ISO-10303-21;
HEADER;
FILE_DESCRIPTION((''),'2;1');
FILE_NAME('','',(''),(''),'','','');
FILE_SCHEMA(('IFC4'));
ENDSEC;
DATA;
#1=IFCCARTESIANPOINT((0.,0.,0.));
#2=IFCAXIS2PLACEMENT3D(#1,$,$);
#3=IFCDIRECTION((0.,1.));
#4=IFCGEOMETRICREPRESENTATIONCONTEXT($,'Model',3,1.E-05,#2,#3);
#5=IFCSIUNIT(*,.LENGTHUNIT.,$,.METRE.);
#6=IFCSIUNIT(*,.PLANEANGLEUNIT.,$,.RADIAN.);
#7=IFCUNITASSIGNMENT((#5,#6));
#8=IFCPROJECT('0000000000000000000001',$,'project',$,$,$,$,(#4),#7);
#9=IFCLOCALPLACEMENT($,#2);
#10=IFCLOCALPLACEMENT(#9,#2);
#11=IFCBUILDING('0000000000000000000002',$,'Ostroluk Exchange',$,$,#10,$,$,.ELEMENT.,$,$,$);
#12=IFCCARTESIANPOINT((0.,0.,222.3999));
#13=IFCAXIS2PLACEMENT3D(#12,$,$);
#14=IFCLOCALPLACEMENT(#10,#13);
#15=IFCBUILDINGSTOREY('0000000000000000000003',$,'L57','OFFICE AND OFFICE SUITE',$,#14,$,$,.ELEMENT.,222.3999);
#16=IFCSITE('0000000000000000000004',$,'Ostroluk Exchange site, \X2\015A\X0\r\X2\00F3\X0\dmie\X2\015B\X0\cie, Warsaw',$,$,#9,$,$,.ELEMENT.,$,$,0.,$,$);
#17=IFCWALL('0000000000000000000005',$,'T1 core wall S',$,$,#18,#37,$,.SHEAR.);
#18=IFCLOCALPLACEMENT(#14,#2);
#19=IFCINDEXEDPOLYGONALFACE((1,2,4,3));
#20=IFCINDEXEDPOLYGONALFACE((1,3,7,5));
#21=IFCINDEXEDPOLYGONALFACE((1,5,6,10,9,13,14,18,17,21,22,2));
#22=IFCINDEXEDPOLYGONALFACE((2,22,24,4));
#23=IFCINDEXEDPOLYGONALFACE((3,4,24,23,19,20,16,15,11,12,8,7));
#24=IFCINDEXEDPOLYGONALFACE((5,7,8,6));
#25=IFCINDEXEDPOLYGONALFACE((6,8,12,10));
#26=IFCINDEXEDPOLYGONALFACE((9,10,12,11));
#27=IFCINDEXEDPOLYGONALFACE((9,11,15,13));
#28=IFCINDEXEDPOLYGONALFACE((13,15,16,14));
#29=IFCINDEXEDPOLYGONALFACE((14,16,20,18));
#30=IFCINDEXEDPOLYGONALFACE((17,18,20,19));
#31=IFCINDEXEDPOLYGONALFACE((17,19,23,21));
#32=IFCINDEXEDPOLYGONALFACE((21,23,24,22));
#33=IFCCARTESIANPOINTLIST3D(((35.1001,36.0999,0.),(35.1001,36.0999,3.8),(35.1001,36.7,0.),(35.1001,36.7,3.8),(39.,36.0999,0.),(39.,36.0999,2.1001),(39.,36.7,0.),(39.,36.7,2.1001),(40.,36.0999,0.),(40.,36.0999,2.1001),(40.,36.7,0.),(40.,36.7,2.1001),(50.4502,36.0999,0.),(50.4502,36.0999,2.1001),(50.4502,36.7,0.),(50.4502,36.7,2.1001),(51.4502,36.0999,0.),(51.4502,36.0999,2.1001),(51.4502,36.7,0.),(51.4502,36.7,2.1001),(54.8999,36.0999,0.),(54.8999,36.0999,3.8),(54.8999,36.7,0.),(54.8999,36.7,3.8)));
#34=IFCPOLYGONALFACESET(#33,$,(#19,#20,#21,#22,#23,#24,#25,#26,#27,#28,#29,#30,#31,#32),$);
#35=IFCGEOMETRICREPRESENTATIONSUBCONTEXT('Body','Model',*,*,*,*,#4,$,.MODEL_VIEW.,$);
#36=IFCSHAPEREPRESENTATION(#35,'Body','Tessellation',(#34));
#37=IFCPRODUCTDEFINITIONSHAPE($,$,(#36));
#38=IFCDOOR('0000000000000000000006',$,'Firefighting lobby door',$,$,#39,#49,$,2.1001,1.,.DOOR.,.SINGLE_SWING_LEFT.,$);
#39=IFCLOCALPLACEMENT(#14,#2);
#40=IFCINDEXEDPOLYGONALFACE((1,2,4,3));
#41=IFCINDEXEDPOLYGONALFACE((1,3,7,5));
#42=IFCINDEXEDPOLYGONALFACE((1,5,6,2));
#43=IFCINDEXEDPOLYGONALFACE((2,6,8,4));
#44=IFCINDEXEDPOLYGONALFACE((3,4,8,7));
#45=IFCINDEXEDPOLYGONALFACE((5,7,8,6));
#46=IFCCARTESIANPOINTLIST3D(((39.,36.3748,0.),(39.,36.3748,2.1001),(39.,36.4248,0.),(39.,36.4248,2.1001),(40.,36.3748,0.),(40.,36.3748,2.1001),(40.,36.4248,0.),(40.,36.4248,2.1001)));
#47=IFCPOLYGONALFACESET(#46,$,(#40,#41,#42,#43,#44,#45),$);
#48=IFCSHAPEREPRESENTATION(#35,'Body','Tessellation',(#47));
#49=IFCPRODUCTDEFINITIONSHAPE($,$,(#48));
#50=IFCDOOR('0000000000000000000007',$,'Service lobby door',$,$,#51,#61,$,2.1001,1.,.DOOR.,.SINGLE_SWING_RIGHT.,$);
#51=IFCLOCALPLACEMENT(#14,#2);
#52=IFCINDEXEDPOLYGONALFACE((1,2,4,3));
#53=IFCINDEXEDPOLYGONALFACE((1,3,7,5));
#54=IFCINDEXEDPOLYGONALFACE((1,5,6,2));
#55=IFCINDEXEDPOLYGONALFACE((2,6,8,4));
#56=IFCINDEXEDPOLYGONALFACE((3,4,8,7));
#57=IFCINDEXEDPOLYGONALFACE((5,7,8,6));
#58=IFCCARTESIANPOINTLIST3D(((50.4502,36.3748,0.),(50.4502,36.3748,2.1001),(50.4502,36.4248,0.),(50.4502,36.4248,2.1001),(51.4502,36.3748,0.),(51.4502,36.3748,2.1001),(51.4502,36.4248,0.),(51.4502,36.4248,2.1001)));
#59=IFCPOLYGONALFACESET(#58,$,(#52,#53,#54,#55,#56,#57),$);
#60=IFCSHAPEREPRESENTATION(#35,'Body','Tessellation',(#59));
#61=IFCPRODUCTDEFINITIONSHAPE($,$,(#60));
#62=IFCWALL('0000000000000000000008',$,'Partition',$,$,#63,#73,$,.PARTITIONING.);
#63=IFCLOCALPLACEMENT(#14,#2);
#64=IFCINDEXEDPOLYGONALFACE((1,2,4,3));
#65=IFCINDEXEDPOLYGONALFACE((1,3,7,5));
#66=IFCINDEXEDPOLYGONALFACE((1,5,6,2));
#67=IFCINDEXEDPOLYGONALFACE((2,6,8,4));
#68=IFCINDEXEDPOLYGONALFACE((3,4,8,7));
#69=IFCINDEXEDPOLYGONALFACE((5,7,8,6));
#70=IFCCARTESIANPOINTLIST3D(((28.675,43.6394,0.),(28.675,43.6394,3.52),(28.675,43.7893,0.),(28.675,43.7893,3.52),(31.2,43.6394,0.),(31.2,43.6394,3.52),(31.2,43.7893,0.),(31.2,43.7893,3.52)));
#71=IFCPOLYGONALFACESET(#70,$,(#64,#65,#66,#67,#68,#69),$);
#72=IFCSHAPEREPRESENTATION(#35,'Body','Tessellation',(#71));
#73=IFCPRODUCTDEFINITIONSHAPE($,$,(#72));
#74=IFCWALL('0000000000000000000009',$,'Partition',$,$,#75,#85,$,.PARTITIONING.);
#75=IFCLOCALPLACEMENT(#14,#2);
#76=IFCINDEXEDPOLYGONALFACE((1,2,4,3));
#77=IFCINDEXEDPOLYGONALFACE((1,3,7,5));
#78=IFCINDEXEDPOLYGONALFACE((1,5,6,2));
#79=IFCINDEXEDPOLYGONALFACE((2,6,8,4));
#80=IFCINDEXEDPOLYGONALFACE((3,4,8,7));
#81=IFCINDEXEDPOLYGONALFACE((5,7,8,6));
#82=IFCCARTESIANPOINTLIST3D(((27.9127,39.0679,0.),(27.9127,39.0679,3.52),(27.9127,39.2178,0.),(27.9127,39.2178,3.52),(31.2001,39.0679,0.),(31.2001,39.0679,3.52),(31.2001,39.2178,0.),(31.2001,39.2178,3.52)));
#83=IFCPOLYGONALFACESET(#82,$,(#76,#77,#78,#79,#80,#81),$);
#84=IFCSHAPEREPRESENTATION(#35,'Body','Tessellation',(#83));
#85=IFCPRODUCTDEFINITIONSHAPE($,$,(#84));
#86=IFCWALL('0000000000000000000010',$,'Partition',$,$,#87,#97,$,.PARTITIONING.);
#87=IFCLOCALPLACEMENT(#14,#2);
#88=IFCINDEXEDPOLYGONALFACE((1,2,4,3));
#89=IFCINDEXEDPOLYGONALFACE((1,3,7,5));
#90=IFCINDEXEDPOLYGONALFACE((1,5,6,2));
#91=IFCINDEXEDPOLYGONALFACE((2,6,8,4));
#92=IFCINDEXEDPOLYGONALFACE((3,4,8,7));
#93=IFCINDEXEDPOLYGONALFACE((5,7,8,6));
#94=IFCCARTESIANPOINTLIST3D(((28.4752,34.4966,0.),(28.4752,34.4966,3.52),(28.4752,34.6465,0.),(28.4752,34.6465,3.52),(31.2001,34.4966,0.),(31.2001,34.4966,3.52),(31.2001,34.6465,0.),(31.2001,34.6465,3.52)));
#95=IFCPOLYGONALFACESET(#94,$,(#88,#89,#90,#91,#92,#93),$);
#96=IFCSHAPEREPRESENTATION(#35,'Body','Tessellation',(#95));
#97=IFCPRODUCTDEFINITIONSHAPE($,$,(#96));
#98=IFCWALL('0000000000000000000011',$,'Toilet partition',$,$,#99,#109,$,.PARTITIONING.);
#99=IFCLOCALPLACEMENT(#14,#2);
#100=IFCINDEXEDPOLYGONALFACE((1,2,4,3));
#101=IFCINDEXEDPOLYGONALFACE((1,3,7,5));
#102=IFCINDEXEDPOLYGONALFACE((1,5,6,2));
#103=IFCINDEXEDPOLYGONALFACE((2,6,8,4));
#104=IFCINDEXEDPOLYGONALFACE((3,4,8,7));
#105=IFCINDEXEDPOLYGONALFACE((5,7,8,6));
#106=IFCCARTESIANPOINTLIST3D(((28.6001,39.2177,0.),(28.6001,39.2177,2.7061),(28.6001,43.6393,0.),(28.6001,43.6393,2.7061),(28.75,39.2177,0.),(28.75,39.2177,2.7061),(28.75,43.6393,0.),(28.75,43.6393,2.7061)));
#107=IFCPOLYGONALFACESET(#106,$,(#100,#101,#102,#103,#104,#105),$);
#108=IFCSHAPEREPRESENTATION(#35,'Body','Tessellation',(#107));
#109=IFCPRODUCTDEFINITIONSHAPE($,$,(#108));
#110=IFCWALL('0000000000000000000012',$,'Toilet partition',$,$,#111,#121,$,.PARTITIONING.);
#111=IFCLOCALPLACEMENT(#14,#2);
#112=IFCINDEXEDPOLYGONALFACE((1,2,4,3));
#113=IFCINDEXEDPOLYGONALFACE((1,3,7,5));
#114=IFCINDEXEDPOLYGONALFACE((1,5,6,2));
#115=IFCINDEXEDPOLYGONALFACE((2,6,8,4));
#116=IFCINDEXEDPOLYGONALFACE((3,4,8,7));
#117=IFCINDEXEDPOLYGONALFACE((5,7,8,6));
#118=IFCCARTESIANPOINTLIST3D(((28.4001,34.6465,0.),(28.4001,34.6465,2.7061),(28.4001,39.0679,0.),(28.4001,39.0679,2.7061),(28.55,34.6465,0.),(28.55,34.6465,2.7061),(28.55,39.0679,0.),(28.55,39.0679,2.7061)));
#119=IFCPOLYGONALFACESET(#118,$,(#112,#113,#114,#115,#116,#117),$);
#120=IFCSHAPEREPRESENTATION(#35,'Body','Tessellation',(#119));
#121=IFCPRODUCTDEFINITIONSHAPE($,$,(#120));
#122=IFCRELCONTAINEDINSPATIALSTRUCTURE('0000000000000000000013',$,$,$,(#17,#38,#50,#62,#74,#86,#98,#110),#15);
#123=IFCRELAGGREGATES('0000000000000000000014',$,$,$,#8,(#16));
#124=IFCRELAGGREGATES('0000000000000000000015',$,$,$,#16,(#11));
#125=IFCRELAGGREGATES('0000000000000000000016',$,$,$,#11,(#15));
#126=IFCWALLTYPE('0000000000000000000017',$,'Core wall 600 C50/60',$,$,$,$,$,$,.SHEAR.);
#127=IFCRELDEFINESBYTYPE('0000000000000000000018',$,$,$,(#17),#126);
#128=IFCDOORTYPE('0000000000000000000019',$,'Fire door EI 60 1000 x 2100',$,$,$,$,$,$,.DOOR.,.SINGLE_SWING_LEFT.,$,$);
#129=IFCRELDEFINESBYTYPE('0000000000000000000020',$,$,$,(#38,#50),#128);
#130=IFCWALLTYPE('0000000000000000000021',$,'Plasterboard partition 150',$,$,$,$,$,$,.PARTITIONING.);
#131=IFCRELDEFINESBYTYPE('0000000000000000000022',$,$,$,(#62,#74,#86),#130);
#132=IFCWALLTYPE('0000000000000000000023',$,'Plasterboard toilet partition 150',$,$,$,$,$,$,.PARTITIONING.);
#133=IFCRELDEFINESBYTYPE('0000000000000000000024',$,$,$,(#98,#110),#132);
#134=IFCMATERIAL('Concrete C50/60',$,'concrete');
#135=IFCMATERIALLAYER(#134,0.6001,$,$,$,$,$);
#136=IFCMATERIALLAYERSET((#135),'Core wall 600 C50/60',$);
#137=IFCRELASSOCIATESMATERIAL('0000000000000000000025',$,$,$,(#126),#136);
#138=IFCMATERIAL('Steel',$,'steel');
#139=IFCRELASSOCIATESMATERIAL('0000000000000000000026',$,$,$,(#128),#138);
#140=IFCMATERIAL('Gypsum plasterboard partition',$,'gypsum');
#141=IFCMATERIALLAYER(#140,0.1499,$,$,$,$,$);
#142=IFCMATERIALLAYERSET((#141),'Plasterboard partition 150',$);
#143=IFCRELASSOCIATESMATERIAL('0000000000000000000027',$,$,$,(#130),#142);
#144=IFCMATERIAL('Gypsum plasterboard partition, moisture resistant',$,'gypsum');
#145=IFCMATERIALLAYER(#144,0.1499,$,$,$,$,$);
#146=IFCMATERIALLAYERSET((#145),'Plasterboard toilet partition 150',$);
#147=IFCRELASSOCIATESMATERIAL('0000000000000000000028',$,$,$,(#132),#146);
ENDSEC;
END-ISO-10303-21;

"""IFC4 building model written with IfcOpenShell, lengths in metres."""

from ifc_helpers import new_model, si_unit, direction, frame, frame_2d, origin, place, context, subcontext, project, spatial, rectangle, extrude, material, layer, layer_set, type_object, element, fill, save


model = new_model("IFC4")

# Units and contexts
model_context = context("Model", 3, precision=1e-05, world=origin(), true_north=direction((0.0, 1.0)))
body_context = subcontext(model_context, "Body", "Model", "MODEL_VIEW")
ifc_project = project(units=[si_unit("LENGTHUNIT", "METRE"), si_unit("PLANEANGLEUNIT", "RADIAN")], contexts=[model_context])

# Site, building, storey
site_placement = place(None, origin())
site = spatial("IfcSite", under=ifc_project, at=site_placement, Name="Ostroluk Exchange site, Śródmieście, Warsaw", CompositionType="ELEMENT", RefElevation=0.0)
building_placement = place(site_placement, origin())
building = spatial("IfcBuilding", under=site, at=building_placement, Name="Ostroluk Exchange", CompositionType="ELEMENT")
storey_placement = place(building_placement, frame((0.0, 0.0, 222.3999)))
storey = spatial("IfcBuildingStorey", under=building, at=storey_placement, Name="L57", Description="OFFICE AND OFFICE SUITE", CompositionType="ELEMENT", Elevation=222.3999)

# Wall, openings, doors
ifc_material_1 = material(Name="Concrete C50/60", Category="concrete")
ifc_layer_1 = layer(ifc_material_1, 0.6001)
ifc_layer_set_1 = layer_set([ifc_layer_1], Name="Core wall 600 C50/60")
wall_type_1 = type_object("IfcWallType", Name="Core wall 600 C50/60", PredefinedType="SHEAR", material=ifc_layer_set_1)
wall_1_placement = place(storey_placement, frame((35.1001, 36.3999, 0.0), z_axis=(0.0, 0.0, 1.0), x_axis=(1.0, 0.0, 0.0)))
wall_1 = element("IfcWall", 1, at=wall_1_placement, inside=storey, type_object=wall_type_1, Name="T1 core wall S", PredefinedType="SHEAR", context=body_context, shape_type="SweptSolid", body=[
    extrude(rectangle(XDim=19.7998, YDim=0.6001, at=frame_2d((9.8999, 0.0))), origin(), (0.0, 0.0, 1.0), 3.8),
])
opening_1_placement = place(wall_1_placement, frame((3.8999, 0.0, 0.0)))
opening_1 = element("IfcOpeningElement", 2, at=opening_1_placement, cuts=wall_1, PredefinedType="OPENING", context=body_context, shape_type="SweptSolid", body=[
    extrude(rectangle(XDim=1.0, YDim=2.1001, at=frame_2d((0.5, 1.05))), frame((0.0, 0.3101, 0.0), z_axis=(0.0, -1.0, 0.0), x_axis=(1.0, 0.0, 0.0)), (0.0, 0.0, 1.0), 0.6201),
])
opening_2_placement = place(wall_1_placement, frame((15.3501, 0.0, 0.0)))
opening_2 = element("IfcOpeningElement", 3, at=opening_2_placement, cuts=wall_1, PredefinedType="OPENING", context=body_context, shape_type="SweptSolid", body=[
    extrude(rectangle(XDim=1.0, YDim=2.1001, at=frame_2d((0.5, 1.05))), frame((0.0, 0.3101, 0.0), z_axis=(0.0, -1.0, 0.0), x_axis=(1.0, 0.0, 0.0)), (0.0, 0.0, 1.0), 0.6201),
])
ifc_material_2 = material(Name="Steel", Category="steel")
door_type = type_object("IfcDoorType", Name="Fire door EI 60 1000 x 2100", OperationType="SINGLE_SWING_LEFT", PredefinedType="DOOR", material=ifc_material_2)
door_1_placement = place(opening_1_placement, origin())
door_1 = element("IfcDoor", 4, at=door_1_placement, inside=storey, type_object=door_type, Name="Firefighting lobby door", OperationType="SINGLE_SWING_LEFT", OverallHeight=2.1001, OverallWidth=1.0, PredefinedType="DOOR", context=body_context, shape_type="SweptSolid", body=[
    extrude(rectangle(XDim=1.0, YDim=2.1001, at=frame_2d((0.5, 1.05))), frame((0.0, 0.0249, 0.0), z_axis=(0.0, -1.0, 0.0), x_axis=(1.0, 0.0, 0.0)), (0.0, 0.0, 1.0), 0.05),
])
fill(opening_1, door_1)
door_2_placement = place(opening_2_placement, origin())
door_2 = element("IfcDoor", 5, at=door_2_placement, inside=storey, type_object=door_type, Name="Service lobby door", OperationType="SINGLE_SWING_RIGHT", OverallHeight=2.1001, OverallWidth=1.0, PredefinedType="DOOR", context=body_context, shape_type="SweptSolid", body=[
    extrude(rectangle(XDim=1.0, YDim=2.1001, at=frame_2d((0.5, 1.05))), frame((0.0, 0.0249, 0.0), z_axis=(0.0, -1.0, 0.0), x_axis=(1.0, 0.0, 0.0)), (0.0, 0.0, 1.0), 0.05),
])
fill(opening_2, door_2)

# Walls
ifc_material_3 = material(Name="Gypsum plasterboard partition", Category="gypsum")
ifc_layer_2 = layer(ifc_material_3, 0.1499)
ifc_layer_set_2 = layer_set([ifc_layer_2], Name="Plasterboard partition 150")
wall_type_2 = type_object("IfcWallType", Name="Plasterboard partition 150", PredefinedType="PARTITIONING", material=ifc_layer_set_2)
wall_2_placement = place(storey_placement, frame((31.2, 43.7144, 0.0), z_axis=(0.0, 0.0, 1.0), x_axis=(-1.0, 0.0, 0.0)))
element("IfcWall", 6, at=wall_2_placement, inside=storey, type_object=wall_type_2, Name="Partition", PredefinedType="PARTITIONING", context=body_context, shape_type="SweptSolid", body=[
    extrude(rectangle(XDim=2.5249, YDim=0.1499, at=frame_2d((1.2625, 0.0))), origin(), (0.0, 0.0, 1.0), 3.52),
])
wall_3_placement = place(storey_placement, frame((31.2, 39.1428, 0.0), z_axis=(0.0, 0.0, 1.0), x_axis=(-1.0, 0.0, 0.0)))
element("IfcWall", 7, at=wall_3_placement, inside=storey, type_object=wall_type_2, Name="Partition", PredefinedType="PARTITIONING", context=body_context, shape_type="SweptSolid", body=[
    extrude(rectangle(XDim=3.2874, YDim=0.1499, at=frame_2d((1.6436, 0.0))), origin(), (0.0, 0.0, 1.0), 3.52),
])
wall_4_placement = place(storey_placement, frame((31.2, 34.5715, 0.0), z_axis=(0.0, 0.0, 1.0), x_axis=(-1.0, 0.0, 0.0)))
element("IfcWall", 8, at=wall_4_placement, inside=storey, type_object=wall_type_2, Name="Partition", PredefinedType="PARTITIONING", context=body_context, shape_type="SweptSolid", body=[
    extrude(rectangle(XDim=2.7249, YDim=0.1499, at=frame_2d((1.3623, 0.0))), origin(), (0.0, 0.0, 1.0), 3.52),
])
ifc_material_4 = material(Name="Gypsum plasterboard partition, moisture resistant", Category="gypsum")
ifc_layer_3 = layer(ifc_material_4, 0.1499)
ifc_layer_set_3 = layer_set([ifc_layer_3], Name="Plasterboard toilet partition 150")
wall_type_3 = type_object("IfcWallType", Name="Plasterboard toilet partition 150", PredefinedType="PARTITIONING", material=ifc_layer_set_3)
wall_5_placement = place(storey_placement, frame((28.675, 43.6394, 0.0), z_axis=(0.0, 0.0, 1.0), x_axis=(0.0, -1.0, 0.0)))
element("IfcWall", 9, at=wall_5_placement, inside=storey, type_object=wall_type_3, Name="Toilet partition", PredefinedType="PARTITIONING", context=body_context, shape_type="SweptSolid", body=[
    extrude(rectangle(XDim=4.4216, YDim=0.1499, at=frame_2d((2.2109, 0.0))), origin(), (0.0, 0.0, 1.0), 2.7061),
])
wall_6_placement = place(storey_placement, frame((28.4751, 39.0679, 0.0), z_axis=(0.0, 0.0, 1.0), x_axis=(0.0, -1.0, 0.0)))
element("IfcWall", 10, at=wall_6_placement, inside=storey, type_object=wall_type_3, Name="Toilet partition", PredefinedType="PARTITIONING", context=body_context, shape_type="SweptSolid", body=[
    extrude(rectangle(XDim=4.4214, YDim=0.1499, at=frame_2d((2.2107, 0.0))), origin(), (0.0, 0.0, 1.0), 2.7061),
])

save(model, "model.ifc")
